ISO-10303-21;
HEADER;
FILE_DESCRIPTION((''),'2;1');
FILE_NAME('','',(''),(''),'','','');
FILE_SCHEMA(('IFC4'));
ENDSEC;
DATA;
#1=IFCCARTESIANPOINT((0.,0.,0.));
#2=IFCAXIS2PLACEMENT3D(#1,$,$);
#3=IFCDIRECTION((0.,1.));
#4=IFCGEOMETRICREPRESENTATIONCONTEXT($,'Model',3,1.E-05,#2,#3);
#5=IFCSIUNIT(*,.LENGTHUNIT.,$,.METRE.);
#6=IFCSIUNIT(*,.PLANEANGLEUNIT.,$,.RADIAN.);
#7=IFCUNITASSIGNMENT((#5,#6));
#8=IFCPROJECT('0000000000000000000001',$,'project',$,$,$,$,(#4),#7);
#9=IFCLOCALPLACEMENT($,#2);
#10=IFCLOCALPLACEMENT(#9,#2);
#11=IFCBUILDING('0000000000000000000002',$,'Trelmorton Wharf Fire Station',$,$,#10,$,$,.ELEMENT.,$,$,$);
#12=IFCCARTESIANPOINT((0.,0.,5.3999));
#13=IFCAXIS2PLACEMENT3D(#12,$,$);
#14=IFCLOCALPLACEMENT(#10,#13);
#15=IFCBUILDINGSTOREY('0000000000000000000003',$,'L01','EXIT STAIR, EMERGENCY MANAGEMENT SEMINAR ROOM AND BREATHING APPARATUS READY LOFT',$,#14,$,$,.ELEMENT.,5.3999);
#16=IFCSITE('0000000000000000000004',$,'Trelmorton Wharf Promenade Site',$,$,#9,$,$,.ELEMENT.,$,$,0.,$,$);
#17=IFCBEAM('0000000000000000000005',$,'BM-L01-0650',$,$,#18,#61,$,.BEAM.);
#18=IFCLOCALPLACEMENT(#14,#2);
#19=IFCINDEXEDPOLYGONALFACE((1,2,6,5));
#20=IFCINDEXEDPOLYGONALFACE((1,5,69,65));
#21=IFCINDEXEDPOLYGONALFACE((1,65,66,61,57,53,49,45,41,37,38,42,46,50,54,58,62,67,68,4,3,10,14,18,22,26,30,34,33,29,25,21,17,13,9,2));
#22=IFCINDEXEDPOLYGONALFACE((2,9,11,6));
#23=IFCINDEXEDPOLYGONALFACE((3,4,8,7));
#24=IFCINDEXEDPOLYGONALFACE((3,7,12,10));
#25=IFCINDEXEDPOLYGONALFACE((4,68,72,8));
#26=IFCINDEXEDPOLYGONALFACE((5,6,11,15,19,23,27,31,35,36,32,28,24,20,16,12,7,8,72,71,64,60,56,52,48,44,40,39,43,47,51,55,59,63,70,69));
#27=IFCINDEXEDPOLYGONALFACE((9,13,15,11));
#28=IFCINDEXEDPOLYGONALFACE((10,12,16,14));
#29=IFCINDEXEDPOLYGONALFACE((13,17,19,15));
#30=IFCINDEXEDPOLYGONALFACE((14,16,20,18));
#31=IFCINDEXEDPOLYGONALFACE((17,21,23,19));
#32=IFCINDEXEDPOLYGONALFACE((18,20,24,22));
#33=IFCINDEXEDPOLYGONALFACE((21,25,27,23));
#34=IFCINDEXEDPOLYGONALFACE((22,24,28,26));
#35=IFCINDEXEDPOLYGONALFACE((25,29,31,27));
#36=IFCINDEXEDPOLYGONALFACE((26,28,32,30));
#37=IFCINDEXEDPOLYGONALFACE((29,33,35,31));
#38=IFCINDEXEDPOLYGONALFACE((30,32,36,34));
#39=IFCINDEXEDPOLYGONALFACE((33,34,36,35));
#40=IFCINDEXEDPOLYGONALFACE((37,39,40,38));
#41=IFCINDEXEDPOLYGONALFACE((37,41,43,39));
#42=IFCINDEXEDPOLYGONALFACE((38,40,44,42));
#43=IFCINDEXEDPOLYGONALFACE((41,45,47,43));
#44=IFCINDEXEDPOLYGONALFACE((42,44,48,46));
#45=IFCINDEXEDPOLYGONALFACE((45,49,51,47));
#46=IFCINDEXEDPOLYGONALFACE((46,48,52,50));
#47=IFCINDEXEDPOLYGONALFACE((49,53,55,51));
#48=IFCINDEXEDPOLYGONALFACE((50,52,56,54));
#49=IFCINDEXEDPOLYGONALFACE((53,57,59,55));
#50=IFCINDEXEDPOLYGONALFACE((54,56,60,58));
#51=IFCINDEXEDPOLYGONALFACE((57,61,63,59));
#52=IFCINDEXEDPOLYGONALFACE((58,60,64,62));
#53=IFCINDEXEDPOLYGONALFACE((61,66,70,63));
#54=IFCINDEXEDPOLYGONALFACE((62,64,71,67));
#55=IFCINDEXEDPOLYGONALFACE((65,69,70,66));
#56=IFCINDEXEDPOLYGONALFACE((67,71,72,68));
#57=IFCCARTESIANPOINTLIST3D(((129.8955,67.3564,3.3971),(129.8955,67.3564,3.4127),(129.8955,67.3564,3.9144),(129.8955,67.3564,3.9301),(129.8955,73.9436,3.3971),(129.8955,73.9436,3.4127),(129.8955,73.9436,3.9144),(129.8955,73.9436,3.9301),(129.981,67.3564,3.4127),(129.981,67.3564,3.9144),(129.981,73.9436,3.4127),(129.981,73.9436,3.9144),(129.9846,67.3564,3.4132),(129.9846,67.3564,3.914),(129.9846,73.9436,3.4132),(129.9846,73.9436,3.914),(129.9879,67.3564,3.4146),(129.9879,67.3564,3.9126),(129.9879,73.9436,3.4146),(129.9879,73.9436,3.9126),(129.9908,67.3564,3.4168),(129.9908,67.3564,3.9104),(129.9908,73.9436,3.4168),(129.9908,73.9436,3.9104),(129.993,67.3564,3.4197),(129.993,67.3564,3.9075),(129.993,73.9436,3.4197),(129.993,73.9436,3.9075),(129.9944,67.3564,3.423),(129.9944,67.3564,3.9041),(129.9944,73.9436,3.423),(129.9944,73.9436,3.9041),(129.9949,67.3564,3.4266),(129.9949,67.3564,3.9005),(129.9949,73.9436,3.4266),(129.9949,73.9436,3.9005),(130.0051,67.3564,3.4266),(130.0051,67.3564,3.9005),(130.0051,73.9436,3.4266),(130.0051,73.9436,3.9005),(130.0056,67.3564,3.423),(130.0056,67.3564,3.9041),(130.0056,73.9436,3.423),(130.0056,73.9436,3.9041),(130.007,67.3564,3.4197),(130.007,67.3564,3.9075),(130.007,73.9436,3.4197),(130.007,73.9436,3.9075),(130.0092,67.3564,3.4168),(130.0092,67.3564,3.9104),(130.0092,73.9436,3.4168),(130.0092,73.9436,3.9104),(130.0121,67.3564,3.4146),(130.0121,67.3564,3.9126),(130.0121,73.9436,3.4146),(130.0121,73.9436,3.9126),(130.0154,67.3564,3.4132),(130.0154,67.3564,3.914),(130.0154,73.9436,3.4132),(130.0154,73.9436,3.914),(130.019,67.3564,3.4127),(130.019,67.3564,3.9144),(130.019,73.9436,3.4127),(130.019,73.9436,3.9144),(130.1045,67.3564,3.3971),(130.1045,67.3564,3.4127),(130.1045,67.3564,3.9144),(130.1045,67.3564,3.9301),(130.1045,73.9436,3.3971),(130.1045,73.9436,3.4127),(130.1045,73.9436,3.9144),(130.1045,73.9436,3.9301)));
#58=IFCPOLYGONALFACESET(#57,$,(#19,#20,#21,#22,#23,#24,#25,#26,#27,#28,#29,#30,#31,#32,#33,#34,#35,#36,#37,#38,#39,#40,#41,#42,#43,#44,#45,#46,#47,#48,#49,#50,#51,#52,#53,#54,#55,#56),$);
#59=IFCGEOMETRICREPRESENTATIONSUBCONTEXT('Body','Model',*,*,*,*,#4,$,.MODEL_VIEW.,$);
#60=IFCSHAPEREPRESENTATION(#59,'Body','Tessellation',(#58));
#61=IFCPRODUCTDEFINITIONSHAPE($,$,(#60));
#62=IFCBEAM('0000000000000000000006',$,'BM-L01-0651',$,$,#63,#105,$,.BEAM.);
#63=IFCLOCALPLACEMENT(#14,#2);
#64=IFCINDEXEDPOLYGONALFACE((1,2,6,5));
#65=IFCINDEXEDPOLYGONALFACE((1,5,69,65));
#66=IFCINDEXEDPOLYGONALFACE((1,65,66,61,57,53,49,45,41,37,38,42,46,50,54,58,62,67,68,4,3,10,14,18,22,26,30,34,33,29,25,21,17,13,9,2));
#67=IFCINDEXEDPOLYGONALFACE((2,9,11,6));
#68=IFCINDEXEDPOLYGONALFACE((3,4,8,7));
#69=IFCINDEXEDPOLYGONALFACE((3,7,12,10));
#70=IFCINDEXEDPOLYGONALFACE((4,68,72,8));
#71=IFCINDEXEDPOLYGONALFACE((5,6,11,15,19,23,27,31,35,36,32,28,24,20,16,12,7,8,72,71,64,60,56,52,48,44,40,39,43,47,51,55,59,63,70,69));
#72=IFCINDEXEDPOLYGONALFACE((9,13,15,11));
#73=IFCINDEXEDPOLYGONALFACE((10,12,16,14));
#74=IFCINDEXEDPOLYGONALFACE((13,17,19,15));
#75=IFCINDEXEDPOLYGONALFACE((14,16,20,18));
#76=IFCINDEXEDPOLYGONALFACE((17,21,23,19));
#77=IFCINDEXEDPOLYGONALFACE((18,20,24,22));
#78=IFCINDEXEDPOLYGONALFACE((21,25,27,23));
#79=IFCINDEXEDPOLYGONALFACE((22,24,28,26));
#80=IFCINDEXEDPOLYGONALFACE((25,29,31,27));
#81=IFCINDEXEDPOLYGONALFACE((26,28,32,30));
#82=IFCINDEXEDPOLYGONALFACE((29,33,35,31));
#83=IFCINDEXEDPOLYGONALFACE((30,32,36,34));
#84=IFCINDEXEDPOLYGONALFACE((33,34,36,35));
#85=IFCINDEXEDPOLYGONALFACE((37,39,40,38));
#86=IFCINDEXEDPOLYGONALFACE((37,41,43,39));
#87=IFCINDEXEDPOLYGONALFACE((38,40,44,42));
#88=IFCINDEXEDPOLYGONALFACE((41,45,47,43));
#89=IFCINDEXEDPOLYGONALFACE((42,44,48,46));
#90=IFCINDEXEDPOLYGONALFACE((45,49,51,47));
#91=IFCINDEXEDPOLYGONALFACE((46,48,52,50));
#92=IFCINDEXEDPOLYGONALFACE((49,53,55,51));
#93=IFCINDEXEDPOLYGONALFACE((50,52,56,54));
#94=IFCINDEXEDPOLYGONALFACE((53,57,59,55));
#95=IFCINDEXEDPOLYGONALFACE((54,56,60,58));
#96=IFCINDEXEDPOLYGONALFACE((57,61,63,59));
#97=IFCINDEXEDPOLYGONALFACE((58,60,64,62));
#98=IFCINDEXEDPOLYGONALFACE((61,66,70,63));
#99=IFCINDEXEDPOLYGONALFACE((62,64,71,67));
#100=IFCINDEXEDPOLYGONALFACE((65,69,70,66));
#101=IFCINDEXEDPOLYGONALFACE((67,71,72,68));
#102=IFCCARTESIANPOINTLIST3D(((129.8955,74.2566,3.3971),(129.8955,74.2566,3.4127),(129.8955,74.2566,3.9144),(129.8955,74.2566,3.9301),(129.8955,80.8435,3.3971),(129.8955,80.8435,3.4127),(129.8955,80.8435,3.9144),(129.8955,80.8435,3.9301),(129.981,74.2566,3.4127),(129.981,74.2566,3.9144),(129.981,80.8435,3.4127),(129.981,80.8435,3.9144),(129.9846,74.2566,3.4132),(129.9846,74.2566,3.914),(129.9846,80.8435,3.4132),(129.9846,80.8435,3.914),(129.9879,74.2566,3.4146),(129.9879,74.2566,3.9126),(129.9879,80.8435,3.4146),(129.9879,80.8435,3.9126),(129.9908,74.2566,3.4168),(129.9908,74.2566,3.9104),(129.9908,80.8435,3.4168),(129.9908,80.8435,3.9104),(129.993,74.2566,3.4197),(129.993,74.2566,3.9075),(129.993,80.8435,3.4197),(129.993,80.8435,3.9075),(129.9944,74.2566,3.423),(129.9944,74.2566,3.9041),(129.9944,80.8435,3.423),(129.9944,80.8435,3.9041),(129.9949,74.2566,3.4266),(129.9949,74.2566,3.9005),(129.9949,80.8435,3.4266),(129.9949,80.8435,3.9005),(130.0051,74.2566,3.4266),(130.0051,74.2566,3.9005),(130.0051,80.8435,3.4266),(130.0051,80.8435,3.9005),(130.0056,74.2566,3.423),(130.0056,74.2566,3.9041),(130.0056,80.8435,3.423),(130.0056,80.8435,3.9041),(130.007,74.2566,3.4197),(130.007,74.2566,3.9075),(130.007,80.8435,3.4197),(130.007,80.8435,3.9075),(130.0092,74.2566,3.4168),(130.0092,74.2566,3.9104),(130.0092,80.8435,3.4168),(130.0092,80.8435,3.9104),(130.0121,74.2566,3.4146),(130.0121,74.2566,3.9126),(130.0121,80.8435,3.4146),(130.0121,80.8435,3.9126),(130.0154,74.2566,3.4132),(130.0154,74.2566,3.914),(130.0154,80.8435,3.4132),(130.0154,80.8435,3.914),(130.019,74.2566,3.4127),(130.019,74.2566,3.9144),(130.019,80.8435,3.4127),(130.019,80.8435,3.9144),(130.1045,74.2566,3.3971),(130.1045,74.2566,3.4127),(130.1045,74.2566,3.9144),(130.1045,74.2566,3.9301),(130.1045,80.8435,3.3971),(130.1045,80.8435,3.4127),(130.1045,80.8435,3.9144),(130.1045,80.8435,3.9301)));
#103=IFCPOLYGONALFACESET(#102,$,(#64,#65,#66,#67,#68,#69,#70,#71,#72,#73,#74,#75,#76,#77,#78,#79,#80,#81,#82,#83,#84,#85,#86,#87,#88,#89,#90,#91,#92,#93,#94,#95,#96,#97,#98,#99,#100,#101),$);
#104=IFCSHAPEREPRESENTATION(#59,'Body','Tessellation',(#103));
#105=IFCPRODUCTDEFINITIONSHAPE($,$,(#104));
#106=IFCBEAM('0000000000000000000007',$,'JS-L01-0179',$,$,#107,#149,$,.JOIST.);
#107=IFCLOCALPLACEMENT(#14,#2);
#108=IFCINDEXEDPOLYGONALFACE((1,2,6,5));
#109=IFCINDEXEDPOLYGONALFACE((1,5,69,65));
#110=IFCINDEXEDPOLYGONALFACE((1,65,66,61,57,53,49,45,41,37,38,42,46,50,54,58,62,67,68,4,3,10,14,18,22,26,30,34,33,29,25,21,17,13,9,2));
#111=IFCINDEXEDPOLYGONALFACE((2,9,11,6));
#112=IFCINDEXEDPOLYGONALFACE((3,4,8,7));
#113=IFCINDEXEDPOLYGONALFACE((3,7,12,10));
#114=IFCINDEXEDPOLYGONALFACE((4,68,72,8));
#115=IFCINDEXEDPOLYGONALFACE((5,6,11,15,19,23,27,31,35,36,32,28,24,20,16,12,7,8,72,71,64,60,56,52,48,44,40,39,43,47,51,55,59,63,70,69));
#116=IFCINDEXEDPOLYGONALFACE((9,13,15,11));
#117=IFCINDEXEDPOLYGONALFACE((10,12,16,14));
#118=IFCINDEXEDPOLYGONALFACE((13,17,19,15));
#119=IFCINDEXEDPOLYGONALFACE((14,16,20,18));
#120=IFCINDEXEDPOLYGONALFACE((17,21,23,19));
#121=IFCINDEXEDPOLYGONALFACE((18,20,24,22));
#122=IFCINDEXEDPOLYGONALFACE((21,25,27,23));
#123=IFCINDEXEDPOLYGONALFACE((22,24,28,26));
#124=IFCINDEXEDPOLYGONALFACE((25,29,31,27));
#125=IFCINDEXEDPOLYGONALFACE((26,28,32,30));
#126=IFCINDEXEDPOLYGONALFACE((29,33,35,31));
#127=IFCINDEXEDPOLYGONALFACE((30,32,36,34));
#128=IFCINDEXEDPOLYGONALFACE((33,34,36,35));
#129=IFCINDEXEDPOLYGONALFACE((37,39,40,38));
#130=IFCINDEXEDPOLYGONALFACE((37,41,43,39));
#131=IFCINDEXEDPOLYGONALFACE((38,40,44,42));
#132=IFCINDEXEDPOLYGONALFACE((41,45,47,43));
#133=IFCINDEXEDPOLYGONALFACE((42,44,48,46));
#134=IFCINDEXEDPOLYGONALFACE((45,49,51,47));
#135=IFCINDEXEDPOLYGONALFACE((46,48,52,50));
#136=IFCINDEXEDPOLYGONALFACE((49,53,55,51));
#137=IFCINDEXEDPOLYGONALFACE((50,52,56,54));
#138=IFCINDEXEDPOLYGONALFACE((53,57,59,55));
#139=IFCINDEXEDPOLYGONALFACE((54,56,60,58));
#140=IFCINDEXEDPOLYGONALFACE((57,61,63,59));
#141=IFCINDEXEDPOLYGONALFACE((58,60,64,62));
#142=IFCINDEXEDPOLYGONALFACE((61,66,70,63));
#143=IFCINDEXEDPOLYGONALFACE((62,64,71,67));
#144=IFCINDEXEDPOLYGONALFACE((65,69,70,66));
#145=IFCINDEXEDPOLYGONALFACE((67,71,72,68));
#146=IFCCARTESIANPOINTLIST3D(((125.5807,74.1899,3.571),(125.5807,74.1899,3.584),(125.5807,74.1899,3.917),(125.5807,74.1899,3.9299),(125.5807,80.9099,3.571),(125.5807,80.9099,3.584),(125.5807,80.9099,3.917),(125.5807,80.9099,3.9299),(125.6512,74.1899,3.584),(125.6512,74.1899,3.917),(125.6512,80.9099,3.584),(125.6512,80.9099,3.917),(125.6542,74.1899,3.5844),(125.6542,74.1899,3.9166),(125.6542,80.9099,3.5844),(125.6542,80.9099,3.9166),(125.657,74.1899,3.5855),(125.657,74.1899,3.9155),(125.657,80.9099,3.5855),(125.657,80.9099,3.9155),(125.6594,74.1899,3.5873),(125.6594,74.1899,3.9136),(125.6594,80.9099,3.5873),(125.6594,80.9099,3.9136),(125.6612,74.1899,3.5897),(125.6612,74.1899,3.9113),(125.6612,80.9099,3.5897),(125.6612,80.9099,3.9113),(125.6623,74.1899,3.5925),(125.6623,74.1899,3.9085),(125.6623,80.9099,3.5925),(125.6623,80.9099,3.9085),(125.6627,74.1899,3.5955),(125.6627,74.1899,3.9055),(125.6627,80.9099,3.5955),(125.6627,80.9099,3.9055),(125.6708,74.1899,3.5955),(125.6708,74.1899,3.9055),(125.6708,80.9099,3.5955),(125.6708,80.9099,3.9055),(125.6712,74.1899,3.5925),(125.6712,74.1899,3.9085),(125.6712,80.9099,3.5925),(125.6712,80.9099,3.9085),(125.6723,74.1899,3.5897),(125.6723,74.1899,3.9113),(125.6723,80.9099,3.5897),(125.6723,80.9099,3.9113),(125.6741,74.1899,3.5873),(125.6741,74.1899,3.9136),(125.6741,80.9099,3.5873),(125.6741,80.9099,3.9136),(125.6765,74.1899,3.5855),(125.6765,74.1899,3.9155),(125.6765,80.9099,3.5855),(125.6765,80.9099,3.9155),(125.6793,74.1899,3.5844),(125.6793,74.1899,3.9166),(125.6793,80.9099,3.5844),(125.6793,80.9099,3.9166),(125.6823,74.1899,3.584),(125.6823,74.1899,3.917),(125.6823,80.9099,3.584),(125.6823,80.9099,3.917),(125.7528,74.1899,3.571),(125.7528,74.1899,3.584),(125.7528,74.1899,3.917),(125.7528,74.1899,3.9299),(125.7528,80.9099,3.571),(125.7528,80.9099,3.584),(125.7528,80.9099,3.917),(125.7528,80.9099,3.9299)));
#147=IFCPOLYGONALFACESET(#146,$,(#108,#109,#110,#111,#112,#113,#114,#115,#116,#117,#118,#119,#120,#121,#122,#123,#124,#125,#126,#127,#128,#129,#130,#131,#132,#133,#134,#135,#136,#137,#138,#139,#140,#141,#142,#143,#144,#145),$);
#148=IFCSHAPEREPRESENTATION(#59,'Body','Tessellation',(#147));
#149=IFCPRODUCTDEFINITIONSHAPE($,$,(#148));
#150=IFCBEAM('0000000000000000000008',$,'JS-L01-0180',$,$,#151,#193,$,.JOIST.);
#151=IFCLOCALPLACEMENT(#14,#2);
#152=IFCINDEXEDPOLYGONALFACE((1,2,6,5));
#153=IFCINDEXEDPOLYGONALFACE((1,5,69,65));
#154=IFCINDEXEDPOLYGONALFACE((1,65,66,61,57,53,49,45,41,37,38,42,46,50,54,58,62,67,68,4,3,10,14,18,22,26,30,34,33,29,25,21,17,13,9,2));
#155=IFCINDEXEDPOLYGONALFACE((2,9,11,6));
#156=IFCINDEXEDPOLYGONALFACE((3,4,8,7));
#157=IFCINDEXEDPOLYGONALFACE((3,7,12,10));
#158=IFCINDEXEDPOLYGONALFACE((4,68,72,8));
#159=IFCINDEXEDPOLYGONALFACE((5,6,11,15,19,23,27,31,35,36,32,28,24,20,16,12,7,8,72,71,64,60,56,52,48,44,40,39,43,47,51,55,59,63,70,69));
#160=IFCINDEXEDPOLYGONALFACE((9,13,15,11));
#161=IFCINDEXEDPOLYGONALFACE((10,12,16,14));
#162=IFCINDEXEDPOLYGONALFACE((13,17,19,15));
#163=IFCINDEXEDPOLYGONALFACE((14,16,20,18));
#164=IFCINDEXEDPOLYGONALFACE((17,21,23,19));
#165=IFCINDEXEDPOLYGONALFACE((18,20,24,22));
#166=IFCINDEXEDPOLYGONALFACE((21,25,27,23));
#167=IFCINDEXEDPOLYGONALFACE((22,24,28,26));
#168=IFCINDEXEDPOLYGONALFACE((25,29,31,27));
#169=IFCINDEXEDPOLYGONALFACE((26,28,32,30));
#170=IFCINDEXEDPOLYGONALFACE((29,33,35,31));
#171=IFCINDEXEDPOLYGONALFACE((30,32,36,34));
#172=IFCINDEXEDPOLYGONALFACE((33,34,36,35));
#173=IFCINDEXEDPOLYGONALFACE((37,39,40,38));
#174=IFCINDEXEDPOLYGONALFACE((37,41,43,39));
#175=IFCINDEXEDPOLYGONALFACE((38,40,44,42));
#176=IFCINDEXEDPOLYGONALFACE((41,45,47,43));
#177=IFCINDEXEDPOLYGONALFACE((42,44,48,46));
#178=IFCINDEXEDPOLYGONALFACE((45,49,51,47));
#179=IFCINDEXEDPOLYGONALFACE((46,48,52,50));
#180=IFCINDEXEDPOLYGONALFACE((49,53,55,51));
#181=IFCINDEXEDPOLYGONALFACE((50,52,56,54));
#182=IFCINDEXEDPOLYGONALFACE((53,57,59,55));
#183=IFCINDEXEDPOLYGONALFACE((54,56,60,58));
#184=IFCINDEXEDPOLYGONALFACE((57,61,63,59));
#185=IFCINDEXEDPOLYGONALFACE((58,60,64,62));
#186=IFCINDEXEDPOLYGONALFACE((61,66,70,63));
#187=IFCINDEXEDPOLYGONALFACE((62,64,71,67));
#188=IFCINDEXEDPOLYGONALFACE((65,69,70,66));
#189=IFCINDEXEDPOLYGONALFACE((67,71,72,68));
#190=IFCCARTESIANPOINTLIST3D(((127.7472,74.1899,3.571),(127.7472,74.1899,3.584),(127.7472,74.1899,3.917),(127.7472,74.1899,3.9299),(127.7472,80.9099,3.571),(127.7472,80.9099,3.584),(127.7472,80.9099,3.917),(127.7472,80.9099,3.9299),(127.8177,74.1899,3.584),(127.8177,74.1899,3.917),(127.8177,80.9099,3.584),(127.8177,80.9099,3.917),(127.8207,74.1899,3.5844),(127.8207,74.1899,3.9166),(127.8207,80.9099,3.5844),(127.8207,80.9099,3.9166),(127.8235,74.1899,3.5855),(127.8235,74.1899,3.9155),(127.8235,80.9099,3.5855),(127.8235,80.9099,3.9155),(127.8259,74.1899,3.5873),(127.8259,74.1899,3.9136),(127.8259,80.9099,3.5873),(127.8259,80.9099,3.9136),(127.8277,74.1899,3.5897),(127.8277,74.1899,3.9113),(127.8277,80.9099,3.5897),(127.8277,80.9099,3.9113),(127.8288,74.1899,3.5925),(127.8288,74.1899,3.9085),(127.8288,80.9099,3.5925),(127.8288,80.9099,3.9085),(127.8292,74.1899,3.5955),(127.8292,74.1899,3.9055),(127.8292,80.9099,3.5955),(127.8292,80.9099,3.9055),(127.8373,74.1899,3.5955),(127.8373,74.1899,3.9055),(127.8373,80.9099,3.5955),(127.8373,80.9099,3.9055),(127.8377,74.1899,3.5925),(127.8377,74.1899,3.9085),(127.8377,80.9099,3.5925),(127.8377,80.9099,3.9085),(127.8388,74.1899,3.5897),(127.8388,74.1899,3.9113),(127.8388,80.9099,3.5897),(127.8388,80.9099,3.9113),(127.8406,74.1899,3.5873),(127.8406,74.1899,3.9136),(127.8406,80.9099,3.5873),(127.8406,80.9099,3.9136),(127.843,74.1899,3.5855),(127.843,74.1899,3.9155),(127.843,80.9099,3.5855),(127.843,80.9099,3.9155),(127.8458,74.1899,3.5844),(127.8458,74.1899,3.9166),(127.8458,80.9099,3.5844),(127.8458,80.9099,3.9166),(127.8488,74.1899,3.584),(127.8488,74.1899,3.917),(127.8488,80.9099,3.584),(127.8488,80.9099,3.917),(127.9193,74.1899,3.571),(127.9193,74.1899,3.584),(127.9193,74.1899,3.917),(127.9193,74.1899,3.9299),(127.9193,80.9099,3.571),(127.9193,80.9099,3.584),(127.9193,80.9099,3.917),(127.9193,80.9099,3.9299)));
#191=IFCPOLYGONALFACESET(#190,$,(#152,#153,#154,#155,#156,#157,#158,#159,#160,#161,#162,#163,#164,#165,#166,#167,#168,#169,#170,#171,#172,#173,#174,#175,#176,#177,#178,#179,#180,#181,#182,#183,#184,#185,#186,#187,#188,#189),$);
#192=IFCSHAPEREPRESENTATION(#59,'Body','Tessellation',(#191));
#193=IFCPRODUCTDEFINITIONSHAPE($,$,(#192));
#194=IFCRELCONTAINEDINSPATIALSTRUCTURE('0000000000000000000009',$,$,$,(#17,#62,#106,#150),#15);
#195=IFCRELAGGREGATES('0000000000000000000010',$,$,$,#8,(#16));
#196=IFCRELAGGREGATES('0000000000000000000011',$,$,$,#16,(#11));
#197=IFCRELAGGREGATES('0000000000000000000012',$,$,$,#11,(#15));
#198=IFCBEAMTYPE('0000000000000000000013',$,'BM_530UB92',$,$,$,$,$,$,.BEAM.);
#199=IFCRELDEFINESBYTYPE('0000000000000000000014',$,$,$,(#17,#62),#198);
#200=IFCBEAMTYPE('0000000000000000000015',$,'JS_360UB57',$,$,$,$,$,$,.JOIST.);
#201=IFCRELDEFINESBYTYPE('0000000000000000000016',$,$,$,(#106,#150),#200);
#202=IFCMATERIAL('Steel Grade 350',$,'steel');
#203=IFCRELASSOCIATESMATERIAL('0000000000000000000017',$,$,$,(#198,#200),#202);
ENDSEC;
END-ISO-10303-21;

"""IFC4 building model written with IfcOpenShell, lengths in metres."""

from ifc_helpers import new_model, si_unit, direction, frame, origin, origin_2d, place, context, subcontext, project, spatial, i_section, extrude, material, material_profile, profile_set, type_object, element, save


model = new_model("IFC4")

# Units and contexts
model_context = context("Model", 3, precision=1e-05, world=origin(), true_north=direction((0.0, 1.0)))
body_context = subcontext(model_context, "Body", "Model", "MODEL_VIEW")
ifc_project = project(units=[si_unit("LENGTHUNIT", "METRE"), si_unit("PLANEANGLEUNIT", "RADIAN")], contexts=[model_context])

# Site, building, storey
site_placement = place(None, origin())
site = spatial("IfcSite", under=ifc_project, at=site_placement, Name="Trelmorton Wharf Promenade Site", CompositionType="ELEMENT", RefElevation=0.0)
building_placement = place(site_placement, origin())
building = spatial("IfcBuilding", under=site, at=building_placement, Name="Trelmorton Wharf Fire Station", CompositionType="ELEMENT")
storey_placement = place(building_placement, frame((0.0, 0.0, 5.3999)))
storey = spatial("IfcBuildingStorey", under=building, at=storey_placement, Name="L01", Description="EXIT STAIR, EMERGENCY MANAGEMENT SEMINAR ROOM AND BREATHING APPARATUS READY LOFT", CompositionType="ELEMENT", Elevation=5.3999)

# Shared definitions
ifc_material_1 = material(Name="Steel Grade 350", Category="steel")

# Beams
ifc_material_profile_1 = material_profile(ifc_material_1, i_section(OverallWidth=0.209, OverallDepth=0.533, WebThickness=0.0103, FlangeThickness=0.0156, FilletRadius=0.0139, at=origin_2d()), Name="530UB92.4")
ifc_profile_set_1 = profile_set([ifc_material_profile_1], Name="Steel Grade 350")
beam_type_1 = type_object("IfcBeamType", Name="BM_530UB92", PredefinedType="BEAM", material=ifc_profile_set_1)
beam_1_placement = place(storey_placement, frame((130.0, 67.3564, 3.6636), z_axis=(0.0, 1.0, 0.0), x_axis=(-1.0, 0.0, 0.0)))
element("IfcBeam", 1, at=beam_1_placement, inside=storey, type_object=beam_type_1, Name="BM-L01-0650", PredefinedType="BEAM", context=body_context, shape_type="SweptSolid", body=[
    extrude(i_section(OverallWidth=0.209, OverallDepth=0.533, WebThickness=0.0103, FlangeThickness=0.0156, FilletRadius=0.0139, at=origin_2d()), origin(), (0.0, 0.0, 1.0), 6.5872),
])
beam_2_placement = place(storey_placement, frame((130.0, 74.2566, 3.6636), z_axis=(0.0, 1.0, 0.0), x_axis=(-1.0, 0.0, 0.0)))
element("IfcBeam", 2, at=beam_2_placement, inside=storey, type_object=beam_type_1, Name="BM-L01-0651", PredefinedType="BEAM", context=body_context, shape_type="SweptSolid", body=[
    extrude(i_section(OverallWidth=0.209, OverallDepth=0.533, WebThickness=0.0103, FlangeThickness=0.0156, FilletRadius=0.0139, at=origin_2d()), origin(), (0.0, 0.0, 1.0), 6.5869),
])
ifc_material_profile_2 = material_profile(ifc_material_1, i_section(OverallWidth=0.1721, OverallDepth=0.3589, WebThickness=0.0081, FlangeThickness=0.0129, FilletRadius=0.0115, at=origin_2d()), Name="360UB56.7")
ifc_profile_set_2 = profile_set([ifc_material_profile_2], Name="Steel Grade 350")
beam_type_2 = type_object("IfcBeamType", Name="JS_360UB57", PredefinedType="JOIST", material=ifc_profile_set_2)
for number, where, z_axis, x_axis, name in (
    (3, (125.6667, 74.1899, 3.7505), (0.0, 1.0, 0.0), (-1.0, 0.0, 0.0), "JS-L01-0179"),
    (4, (127.8333, 74.1899, 3.7505), (0.0, 1.0, 0.0), (-1.0, 0.0, 0.0), "JS-L01-0180"),
):
    element("IfcBeam", number, at=place(storey_placement, frame(where, z_axis=z_axis, x_axis=x_axis)), inside=storey, type_object=beam_type_2, Name=name, PredefinedType="JOIST", context=body_context, shape_type="SweptSolid", body=[
        extrude(i_section(OverallWidth=0.1721, OverallDepth=0.3589, WebThickness=0.0081, FlangeThickness=0.0129, FilletRadius=0.0115, at=origin_2d()), origin(), (0.0, 0.0, 1.0), 6.72),
    ])

save(model, "model.ifc")
